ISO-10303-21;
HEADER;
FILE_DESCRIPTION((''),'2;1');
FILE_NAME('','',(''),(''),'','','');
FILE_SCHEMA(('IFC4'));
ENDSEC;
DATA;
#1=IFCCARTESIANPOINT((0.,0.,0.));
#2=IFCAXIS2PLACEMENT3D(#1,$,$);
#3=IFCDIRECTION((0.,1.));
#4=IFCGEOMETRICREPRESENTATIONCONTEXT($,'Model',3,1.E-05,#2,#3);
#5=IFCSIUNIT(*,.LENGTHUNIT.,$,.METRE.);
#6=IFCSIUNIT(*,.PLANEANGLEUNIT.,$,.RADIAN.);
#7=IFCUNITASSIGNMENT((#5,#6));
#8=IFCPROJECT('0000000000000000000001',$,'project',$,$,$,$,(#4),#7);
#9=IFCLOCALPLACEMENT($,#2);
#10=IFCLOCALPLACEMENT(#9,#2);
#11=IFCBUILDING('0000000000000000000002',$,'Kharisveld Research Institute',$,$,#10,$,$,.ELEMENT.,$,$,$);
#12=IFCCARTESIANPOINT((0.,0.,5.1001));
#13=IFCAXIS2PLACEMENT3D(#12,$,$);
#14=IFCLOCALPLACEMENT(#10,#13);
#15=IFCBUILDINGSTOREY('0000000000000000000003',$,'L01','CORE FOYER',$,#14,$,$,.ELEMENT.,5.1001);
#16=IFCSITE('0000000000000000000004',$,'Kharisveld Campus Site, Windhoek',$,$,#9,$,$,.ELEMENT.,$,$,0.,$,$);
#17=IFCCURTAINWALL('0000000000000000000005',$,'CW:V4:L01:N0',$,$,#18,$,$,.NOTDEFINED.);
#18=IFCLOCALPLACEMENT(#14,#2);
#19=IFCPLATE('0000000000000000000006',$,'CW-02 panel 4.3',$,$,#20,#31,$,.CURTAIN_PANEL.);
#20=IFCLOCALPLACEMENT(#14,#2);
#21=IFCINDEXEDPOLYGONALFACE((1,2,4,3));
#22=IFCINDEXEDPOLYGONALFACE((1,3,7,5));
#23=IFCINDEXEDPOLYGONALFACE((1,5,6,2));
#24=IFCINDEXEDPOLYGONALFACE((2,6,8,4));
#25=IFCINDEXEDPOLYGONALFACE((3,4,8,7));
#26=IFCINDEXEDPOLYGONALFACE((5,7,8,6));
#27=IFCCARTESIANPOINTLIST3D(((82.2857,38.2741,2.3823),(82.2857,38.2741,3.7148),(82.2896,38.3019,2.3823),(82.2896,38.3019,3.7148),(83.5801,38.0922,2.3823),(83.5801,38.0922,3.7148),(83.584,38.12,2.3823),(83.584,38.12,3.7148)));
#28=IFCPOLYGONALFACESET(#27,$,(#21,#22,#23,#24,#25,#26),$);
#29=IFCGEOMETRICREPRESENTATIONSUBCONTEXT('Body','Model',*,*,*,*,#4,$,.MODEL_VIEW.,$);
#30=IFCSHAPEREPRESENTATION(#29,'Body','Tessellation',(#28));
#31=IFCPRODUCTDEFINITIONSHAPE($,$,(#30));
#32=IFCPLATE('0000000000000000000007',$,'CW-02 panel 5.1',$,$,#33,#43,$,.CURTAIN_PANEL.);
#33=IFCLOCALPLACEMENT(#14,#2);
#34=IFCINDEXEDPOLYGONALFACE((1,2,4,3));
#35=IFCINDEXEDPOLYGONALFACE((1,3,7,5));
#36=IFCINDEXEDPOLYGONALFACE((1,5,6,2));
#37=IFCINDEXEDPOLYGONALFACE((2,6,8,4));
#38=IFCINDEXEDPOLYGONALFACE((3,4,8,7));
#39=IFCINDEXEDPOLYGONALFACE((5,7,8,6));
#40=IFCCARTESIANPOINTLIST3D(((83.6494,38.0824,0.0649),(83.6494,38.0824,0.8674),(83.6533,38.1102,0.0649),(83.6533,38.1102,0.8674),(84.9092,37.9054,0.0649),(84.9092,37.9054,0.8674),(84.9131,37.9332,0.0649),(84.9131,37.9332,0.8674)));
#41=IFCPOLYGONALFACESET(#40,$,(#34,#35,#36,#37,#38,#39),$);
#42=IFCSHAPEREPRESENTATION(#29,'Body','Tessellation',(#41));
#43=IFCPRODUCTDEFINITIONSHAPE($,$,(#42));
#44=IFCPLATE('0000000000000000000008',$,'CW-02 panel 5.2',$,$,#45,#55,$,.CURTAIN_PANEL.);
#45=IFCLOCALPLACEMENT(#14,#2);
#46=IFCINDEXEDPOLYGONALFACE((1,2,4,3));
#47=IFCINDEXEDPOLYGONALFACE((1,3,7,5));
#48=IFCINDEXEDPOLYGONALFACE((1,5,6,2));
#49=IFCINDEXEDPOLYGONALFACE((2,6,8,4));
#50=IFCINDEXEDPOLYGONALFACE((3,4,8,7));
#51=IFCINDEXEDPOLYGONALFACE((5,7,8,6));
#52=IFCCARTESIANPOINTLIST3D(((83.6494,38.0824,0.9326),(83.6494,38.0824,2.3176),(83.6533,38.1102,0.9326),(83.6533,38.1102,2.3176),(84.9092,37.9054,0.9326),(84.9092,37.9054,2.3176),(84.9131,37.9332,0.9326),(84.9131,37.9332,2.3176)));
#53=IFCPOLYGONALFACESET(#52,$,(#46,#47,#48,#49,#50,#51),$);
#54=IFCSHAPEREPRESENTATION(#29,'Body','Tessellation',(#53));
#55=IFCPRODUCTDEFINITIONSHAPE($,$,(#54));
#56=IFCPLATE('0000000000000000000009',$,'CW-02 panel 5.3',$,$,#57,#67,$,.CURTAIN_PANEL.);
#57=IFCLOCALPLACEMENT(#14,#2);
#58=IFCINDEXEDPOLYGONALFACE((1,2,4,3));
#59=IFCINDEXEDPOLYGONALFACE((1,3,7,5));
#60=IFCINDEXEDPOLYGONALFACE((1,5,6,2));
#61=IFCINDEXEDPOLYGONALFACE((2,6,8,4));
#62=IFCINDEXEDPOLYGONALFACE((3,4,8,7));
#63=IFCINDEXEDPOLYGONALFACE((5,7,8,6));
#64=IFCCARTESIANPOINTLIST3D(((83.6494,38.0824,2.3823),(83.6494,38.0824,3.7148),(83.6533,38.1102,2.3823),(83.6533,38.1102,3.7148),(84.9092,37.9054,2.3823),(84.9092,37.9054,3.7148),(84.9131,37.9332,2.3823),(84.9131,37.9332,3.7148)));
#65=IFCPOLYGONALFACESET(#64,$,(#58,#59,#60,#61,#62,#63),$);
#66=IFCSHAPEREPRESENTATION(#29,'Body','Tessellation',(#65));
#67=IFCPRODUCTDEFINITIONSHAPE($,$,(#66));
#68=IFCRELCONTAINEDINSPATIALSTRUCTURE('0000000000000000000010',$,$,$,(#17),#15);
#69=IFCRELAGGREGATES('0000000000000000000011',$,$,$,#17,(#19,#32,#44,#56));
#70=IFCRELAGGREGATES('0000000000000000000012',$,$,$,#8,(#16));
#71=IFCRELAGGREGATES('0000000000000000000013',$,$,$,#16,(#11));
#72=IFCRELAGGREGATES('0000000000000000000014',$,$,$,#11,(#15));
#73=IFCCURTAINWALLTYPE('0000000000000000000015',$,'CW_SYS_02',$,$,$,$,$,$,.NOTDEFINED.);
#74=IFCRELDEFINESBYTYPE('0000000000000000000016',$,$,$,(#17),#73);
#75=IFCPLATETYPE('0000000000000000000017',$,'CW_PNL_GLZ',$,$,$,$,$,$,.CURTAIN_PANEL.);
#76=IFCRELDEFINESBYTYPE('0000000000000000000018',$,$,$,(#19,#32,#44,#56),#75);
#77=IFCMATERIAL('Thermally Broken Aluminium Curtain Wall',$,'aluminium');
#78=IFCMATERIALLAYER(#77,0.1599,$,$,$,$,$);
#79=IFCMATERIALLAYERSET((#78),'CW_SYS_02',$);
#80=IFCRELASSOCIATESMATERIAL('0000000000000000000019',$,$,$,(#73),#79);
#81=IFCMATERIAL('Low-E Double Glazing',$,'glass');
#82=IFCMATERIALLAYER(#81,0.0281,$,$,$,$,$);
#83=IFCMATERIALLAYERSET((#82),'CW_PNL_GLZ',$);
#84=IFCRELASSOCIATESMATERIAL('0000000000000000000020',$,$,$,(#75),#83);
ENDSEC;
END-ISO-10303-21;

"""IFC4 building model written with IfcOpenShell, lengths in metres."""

from ifc_helpers import new_model, si_unit, direction, frame, origin, origin_2d, place, context, subcontext, project, spatial, rectangle, extrude, material, layer, layer_set, type_object, element, aggregate, save


model = new_model("IFC4")

# Units and contexts
model_context = context("Model", 3, precision=1e-05, world=origin(), true_north=direction((0.0, 1.0)))
body_context = subcontext(model_context, "Body", "Model", "MODEL_VIEW")
ifc_project = project(units=[si_unit("LENGTHUNIT", "METRE"), si_unit("PLANEANGLEUNIT", "RADIAN")], contexts=[model_context])

# Site, building, storey
site_placement = place(None, origin())
site = spatial("IfcSite", under=ifc_project, at=site_placement, Name="Kharisveld Campus Site, Windhoek", CompositionType="ELEMENT", RefElevation=0.0)
building_placement = place(site_placement, origin())
building = spatial("IfcBuilding", under=site, at=building_placement, Name="Kharisveld Research Institute", CompositionType="ELEMENT")
storey_placement = place(building_placement, frame((0.0, 0.0, 5.1001)))
storey = spatial("IfcBuildingStorey", under=building, at=storey_placement, Name="L01", Description="CORE FOYER", CompositionType="ELEMENT", Elevation=5.1001)

# Curtain wall
ifc_material_1 = material(Name="Thermally Broken Aluminium Curtain Wall", Category="aluminium")
ifc_layer_1 = layer(ifc_material_1, 0.1599)
ifc_layer_set_1 = layer_set([ifc_layer_1], Name="CW_SYS_02")
curtain_wall_type_1 = type_object("IfcCurtainWallType", Name="CW_SYS_02", PredefinedType="NOTDEFINED", material=ifc_layer_set_1)
curtain_wall_1_placement = place(storey_placement, origin())
curtain_wall_1 = element("IfcCurtainWall", 1, at=curtain_wall_1_placement, inside=storey, type_object=curtain_wall_type_1, Name="CW:V4:L01:N0", PredefinedType="NOTDEFINED")

# Plates
ifc_material_2 = material(Name="Low-E Double Glazing", Category="glass")
ifc_layer_2 = layer(ifc_material_2, 0.0281)
ifc_layer_set_2 = layer_set([ifc_layer_2], Name="CW_PNL_GLZ")
plate_type = type_object("IfcPlateType", Name="CW_PNL_GLZ", PredefinedType="CURTAIN_PANEL", material=ifc_layer_set_2)
plate_1_placement = place(storey_placement, frame((82.9348, 38.197, 2.3823), z_axis=(0.0, 0.0, 1.0), x_axis=(0.990268, -0.139173, 0.0)))
plate_1 = element("IfcPlate", 2, at=plate_1_placement, type_object=plate_type, Name="CW-02 panel 4.3", PredefinedType="CURTAIN_PANEL", context=body_context, shape_type="SweptSolid", body=[
    extrude(rectangle(XDim=1.3071, YDim=0.0281, at=origin_2d()), origin(), (0.0, 0.0, 1.0), 1.3325),
])
plate_2_placement = place(storey_placement, frame((84.2812, 38.0078, 0.0649), z_axis=(0.0, 0.0, 1.0), x_axis=(0.990268, -0.139173, 0.0)))
plate_2 = element("IfcPlate", 3, at=plate_2_placement, type_object=plate_type, Name="CW-02 panel 5.1", PredefinedType="CURTAIN_PANEL", context=body_context, shape_type="SweptSolid", body=[
    extrude(rectangle(XDim=1.2722, YDim=0.0281, at=origin_2d()), origin(), (0.0, 0.0, 1.0), 0.8025),
])
plate_3_placement = place(storey_placement, frame((84.2812, 38.0078, 0.9326), z_axis=(0.0, 0.0, 1.0), x_axis=(0.990268, -0.139173, 0.0)))
plate_3 = element("IfcPlate", 4, at=plate_3_placement, type_object=plate_type, Name="CW-02 panel 5.2", PredefinedType="CURTAIN_PANEL", context=body_context, shape_type="SweptSolid", body=[
    extrude(rectangle(XDim=1.2722, YDim=0.0281, at=origin_2d()), origin(), (0.0, 0.0, 1.0), 1.385),
])
plate_4_placement = place(storey_placement, frame((84.2812, 38.0078, 2.3823), z_axis=(0.0, 0.0, 1.0), x_axis=(0.990268, -0.139173, 0.0)))
plate_4 = element("IfcPlate", 5, at=plate_4_placement, type_object=plate_type, Name="CW-02 panel 5.3", PredefinedType="CURTAIN_PANEL", context=body_context, shape_type="SweptSolid", body=[
    extrude(rectangle(XDim=1.2722, YDim=0.0281, at=origin_2d()), origin(), (0.0, 0.0, 1.0), 1.3325),
])
aggregate(curtain_wall_1, [plate_1, plate_2, plate_3, plate_4])

save(model, "model.ifc")
